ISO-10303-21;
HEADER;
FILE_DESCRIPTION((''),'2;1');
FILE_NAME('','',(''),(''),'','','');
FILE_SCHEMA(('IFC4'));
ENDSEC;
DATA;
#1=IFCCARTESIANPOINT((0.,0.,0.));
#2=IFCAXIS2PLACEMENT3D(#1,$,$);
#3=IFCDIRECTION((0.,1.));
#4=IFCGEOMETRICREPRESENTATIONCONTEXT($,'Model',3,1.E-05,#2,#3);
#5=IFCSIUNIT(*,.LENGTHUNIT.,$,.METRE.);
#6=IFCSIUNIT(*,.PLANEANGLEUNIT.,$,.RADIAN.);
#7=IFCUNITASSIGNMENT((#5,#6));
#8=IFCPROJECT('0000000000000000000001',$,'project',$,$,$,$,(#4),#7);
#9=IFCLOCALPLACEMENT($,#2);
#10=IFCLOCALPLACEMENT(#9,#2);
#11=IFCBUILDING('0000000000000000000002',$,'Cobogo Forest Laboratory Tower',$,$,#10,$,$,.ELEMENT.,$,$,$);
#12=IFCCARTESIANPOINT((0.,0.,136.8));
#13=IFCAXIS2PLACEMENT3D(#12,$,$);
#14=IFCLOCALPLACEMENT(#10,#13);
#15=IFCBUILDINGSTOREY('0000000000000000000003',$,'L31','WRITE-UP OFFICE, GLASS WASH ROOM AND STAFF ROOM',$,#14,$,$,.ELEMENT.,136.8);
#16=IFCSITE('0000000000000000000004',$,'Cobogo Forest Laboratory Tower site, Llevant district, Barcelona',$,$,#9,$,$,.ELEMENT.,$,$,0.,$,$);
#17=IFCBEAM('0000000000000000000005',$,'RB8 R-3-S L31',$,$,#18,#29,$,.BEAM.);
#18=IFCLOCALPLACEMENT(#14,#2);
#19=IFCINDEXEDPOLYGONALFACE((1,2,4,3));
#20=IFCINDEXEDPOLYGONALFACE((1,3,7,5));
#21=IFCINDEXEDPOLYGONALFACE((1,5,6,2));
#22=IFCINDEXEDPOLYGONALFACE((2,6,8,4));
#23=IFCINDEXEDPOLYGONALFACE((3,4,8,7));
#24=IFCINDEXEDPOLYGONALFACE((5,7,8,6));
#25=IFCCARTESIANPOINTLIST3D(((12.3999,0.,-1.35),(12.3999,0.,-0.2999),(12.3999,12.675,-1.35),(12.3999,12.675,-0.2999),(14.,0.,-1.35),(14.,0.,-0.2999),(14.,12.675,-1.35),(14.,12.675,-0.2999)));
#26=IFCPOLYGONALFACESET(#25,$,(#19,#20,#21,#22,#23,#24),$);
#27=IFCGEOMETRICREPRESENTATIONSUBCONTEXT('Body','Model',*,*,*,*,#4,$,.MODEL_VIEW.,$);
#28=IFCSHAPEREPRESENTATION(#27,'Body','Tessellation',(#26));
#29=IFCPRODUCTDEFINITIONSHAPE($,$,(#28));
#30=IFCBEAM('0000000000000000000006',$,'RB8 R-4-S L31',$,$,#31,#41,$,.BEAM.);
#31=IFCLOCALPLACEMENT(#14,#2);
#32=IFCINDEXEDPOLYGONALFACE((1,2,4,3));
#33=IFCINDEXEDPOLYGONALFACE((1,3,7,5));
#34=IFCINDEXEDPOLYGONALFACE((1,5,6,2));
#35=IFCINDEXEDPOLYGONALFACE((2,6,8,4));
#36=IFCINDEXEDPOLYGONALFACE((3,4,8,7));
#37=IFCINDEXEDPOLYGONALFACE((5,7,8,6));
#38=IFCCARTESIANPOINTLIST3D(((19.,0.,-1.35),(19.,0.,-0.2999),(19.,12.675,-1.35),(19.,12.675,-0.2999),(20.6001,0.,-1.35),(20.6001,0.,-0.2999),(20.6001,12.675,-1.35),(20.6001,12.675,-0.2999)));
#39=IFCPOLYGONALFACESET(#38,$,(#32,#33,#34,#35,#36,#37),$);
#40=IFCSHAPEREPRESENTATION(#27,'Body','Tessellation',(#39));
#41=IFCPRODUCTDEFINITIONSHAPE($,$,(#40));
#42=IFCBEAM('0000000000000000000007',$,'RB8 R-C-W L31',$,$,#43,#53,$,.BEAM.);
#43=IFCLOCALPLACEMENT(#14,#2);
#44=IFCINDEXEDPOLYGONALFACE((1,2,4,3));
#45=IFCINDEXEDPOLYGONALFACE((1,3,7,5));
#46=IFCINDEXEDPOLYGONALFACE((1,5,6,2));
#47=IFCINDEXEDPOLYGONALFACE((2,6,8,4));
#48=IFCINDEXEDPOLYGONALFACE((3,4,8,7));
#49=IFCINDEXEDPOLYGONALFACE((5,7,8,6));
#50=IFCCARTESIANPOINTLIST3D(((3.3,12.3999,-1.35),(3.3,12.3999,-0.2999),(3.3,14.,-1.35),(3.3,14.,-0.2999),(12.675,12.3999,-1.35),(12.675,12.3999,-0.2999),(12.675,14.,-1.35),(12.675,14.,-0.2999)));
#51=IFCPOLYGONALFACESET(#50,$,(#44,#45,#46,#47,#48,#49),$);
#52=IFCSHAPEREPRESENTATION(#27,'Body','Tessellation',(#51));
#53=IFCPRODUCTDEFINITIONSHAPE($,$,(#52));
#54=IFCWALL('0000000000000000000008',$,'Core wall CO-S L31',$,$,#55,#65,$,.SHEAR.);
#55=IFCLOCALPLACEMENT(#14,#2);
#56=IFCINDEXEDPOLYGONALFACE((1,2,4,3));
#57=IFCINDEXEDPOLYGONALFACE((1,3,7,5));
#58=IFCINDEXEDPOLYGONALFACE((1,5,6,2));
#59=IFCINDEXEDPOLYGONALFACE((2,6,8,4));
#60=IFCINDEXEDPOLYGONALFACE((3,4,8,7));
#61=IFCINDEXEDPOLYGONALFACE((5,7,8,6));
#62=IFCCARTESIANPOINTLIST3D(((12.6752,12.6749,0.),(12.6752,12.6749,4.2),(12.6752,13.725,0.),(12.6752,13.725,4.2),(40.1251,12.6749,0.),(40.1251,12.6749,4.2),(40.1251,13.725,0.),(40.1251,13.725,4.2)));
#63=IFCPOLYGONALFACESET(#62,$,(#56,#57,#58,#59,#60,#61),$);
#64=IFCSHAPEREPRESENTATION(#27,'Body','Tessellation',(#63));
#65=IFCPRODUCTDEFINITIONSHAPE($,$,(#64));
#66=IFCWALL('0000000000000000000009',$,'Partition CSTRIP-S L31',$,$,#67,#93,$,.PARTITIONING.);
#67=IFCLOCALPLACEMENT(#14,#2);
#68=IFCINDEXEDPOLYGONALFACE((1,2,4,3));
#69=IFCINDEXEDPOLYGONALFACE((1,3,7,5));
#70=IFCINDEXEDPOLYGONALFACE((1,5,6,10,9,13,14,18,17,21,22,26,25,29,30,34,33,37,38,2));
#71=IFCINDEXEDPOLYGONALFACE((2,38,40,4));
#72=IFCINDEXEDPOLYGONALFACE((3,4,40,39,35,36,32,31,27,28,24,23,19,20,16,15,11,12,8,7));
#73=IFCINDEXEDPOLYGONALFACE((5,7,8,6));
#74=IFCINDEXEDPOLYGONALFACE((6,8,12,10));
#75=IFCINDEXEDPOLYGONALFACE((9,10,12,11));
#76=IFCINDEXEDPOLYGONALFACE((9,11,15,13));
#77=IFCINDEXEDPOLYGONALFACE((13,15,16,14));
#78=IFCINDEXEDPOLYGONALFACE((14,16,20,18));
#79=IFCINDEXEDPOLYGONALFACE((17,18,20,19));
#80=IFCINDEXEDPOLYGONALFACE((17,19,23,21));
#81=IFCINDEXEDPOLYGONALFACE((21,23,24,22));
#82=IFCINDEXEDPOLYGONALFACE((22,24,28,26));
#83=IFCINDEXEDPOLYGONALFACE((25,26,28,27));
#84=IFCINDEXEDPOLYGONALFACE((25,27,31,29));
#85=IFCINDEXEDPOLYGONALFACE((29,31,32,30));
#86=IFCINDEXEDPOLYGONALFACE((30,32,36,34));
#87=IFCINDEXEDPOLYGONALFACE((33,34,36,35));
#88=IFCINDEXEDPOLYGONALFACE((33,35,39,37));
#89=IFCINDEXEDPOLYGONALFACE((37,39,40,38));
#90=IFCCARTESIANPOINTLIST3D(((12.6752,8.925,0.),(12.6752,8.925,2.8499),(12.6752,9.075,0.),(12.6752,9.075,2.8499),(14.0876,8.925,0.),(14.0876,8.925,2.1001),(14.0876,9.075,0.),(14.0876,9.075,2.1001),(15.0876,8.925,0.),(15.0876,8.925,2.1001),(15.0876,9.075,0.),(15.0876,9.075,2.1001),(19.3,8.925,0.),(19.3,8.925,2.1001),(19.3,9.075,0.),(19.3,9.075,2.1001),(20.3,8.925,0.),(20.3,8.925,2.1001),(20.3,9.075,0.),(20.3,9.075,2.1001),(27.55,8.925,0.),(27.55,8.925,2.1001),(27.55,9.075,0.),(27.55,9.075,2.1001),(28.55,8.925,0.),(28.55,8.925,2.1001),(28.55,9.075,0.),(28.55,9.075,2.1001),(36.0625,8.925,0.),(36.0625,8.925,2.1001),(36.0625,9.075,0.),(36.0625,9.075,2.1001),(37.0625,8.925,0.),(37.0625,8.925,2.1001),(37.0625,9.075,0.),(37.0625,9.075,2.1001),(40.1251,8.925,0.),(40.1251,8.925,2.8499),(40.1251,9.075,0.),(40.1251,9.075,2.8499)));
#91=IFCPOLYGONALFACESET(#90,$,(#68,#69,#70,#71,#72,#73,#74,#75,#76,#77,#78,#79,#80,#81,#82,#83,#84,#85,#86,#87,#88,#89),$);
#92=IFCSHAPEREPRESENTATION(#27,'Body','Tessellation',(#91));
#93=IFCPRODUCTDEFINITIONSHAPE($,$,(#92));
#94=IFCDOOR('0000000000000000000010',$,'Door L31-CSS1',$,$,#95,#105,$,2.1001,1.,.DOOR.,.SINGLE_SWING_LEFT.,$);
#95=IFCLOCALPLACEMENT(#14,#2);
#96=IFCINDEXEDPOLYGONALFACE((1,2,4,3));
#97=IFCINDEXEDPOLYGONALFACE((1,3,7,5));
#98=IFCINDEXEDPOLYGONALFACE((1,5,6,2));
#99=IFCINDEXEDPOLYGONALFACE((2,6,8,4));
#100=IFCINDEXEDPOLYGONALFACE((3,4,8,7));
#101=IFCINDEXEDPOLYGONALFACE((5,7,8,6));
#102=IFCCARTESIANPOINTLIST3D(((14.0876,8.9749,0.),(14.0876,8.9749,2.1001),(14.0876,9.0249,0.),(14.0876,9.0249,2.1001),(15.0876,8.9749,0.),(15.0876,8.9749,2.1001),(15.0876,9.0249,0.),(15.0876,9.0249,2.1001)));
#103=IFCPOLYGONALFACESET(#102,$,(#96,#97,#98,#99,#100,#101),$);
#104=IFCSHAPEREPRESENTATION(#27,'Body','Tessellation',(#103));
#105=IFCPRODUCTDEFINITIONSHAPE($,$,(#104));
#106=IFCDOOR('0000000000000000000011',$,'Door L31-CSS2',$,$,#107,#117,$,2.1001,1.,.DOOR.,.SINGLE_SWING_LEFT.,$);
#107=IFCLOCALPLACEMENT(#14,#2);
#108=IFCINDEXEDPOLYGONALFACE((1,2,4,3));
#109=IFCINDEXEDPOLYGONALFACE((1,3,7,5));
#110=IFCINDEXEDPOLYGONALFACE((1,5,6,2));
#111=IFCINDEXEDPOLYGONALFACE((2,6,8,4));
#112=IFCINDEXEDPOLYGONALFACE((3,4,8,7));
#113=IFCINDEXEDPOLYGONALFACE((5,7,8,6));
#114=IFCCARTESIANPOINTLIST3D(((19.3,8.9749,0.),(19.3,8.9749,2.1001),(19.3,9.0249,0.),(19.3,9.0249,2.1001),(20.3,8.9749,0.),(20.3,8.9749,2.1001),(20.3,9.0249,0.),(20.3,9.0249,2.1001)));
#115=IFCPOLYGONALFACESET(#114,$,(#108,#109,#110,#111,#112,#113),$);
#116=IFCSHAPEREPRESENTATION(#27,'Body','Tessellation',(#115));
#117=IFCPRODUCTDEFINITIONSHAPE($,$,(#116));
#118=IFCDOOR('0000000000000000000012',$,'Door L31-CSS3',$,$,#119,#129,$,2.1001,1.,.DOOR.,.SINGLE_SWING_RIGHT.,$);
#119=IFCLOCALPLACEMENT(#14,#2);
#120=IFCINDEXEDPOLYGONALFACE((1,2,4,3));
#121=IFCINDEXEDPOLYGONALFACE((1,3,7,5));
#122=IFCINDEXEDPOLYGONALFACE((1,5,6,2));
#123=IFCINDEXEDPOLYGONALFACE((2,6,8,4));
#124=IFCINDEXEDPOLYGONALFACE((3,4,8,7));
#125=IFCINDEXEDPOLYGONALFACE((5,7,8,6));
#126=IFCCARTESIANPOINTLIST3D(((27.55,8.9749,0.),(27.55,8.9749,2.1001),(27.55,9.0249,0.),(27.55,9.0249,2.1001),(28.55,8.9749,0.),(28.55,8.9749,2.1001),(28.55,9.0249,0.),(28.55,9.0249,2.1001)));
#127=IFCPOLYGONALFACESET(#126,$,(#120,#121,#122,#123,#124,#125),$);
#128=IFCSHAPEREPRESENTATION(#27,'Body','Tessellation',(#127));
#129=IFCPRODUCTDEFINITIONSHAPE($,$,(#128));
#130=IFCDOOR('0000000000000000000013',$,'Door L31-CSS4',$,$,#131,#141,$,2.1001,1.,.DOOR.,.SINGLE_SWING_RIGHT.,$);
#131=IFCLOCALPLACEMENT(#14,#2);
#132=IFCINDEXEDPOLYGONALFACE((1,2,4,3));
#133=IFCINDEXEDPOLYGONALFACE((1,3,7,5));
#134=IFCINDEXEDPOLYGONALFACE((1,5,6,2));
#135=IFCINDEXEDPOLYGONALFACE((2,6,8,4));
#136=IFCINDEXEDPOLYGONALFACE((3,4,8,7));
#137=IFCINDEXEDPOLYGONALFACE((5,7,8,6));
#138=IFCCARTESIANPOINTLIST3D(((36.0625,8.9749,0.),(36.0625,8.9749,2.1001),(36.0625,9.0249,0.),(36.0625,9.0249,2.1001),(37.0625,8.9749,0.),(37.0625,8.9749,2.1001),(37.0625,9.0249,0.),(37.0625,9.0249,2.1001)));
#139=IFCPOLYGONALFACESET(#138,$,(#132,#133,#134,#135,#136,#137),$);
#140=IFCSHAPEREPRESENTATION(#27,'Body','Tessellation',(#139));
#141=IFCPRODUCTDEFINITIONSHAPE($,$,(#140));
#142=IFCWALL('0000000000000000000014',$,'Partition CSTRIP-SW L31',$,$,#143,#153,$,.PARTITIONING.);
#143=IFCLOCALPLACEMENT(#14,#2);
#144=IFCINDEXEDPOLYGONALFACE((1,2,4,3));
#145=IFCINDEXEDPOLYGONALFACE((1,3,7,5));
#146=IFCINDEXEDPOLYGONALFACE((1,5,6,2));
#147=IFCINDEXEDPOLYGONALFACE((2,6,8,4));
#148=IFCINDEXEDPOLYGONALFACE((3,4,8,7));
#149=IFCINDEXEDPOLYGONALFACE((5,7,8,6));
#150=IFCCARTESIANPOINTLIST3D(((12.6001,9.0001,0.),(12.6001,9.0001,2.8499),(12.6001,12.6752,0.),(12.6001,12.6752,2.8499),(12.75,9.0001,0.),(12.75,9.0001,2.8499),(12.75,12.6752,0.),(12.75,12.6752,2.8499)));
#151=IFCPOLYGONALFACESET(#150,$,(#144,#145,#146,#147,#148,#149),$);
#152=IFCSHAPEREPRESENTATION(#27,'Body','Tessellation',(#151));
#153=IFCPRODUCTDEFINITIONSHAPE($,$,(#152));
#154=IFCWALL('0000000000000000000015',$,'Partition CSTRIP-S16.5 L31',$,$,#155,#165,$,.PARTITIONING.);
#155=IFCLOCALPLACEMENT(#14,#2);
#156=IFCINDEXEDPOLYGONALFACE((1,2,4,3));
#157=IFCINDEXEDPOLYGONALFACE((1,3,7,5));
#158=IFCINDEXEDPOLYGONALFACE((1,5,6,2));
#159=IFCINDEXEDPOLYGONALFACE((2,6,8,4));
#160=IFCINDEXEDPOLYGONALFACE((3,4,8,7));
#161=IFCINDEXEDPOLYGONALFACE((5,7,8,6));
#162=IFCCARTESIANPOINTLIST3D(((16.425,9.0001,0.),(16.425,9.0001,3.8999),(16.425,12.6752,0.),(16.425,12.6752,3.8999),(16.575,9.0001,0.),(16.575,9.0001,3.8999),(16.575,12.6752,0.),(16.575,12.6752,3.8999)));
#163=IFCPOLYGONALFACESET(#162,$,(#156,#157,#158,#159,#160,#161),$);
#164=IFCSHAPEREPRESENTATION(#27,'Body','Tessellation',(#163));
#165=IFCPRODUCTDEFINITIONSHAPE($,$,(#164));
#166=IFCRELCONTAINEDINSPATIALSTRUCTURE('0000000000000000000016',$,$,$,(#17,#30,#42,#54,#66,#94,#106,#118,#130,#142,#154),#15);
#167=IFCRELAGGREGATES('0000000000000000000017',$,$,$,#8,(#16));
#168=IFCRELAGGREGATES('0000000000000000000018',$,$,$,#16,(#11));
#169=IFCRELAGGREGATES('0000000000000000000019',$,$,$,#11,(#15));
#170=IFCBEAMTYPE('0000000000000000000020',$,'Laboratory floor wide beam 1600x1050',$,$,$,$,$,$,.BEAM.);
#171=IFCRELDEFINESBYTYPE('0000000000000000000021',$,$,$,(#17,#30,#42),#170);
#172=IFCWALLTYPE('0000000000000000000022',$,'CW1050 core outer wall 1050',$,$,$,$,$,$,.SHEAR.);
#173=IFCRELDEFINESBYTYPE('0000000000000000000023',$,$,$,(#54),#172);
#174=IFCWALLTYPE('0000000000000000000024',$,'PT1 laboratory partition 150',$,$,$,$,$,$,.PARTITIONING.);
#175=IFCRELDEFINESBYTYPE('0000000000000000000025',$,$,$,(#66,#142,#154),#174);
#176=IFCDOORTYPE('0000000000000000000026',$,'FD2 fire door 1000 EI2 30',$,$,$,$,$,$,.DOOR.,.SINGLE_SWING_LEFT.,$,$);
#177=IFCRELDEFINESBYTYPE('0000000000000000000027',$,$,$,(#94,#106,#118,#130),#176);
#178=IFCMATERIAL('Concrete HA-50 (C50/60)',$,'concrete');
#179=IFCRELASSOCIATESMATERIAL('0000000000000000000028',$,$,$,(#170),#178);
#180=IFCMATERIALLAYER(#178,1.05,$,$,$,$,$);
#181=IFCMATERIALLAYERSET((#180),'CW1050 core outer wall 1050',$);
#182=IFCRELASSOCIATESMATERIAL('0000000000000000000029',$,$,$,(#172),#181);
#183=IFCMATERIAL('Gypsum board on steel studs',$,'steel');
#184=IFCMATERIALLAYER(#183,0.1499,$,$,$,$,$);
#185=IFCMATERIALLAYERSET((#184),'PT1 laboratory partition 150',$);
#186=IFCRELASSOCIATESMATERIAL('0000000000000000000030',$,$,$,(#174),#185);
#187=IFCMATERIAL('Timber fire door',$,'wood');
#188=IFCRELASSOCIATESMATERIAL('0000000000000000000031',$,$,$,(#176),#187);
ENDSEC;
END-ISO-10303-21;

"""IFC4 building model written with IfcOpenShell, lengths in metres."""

from ifc_helpers import new_model, si_unit, direction, frame, frame_2d, origin, origin_2d, place, context, subcontext, project, spatial, rectangle, extrude, material, layer, layer_set, material_profile, profile_set, type_object, element, fill, save


model = new_model("IFC4")

# Units and contexts
model_context = context("Model", 3, precision=1e-05, world=origin(), true_north=direction((0.0, 1.0)))
body_context = subcontext(model_context, "Body", "Model", "MODEL_VIEW")
ifc_project = project(units=[si_unit("LENGTHUNIT", "METRE"), si_unit("PLANEANGLEUNIT", "RADIAN")], contexts=[model_context])

# Site, building, storey
site_placement = place(None, origin())
site = spatial("IfcSite", under=ifc_project, at=site_placement, Name="Cobogo Forest Laboratory Tower site, Llevant district, Barcelona", CompositionType="ELEMENT", RefElevation=0.0)
building_placement = place(site_placement, origin())
building = spatial("IfcBuilding", under=site, at=building_placement, Name="Cobogo Forest Laboratory Tower", CompositionType="ELEMENT")
storey_placement = place(building_placement, frame((0.0, 0.0, 136.8)))
storey = spatial("IfcBuildingStorey", under=building, at=storey_placement, Name="L31", Description="WRITE-UP OFFICE, GLASS WASH ROOM AND STAFF ROOM", CompositionType="ELEMENT", Elevation=136.8)

# Beams
ifc_material_1 = material(Name="Concrete HA-50 (C50/60)", Category="concrete")
ifc_material_profile = material_profile(ifc_material_1, rectangle(XDim=1.6001, YDim=1.05, at=origin_2d()), Name="RC 1600x1050")
ifc_profile_set = profile_set([ifc_material_profile], Name="Concrete HA-50 (C50/60)")
beam_type = type_object("IfcBeamType", Name="Laboratory floor wide beam 1600x1050", PredefinedType="BEAM", material=ifc_profile_set)
for number, where, z_axis, x_axis, name in (
    (1, (13.2, 12.675, -0.825), (0.0, -1.0, 0.0), (1.0, 0.0, 0.0), "RB8 R-3-S L31"),
    (2, (19.8, 12.675, -0.825), (0.0, -1.0, 0.0), (1.0, 0.0, 0.0), "RB8 R-4-S L31"),
):
    element("IfcBeam", number, at=place(storey_placement, frame(where, z_axis=z_axis, x_axis=x_axis)), inside=storey, type_object=beam_type, Name=name, PredefinedType="BEAM", context=body_context, shape_type="SweptSolid", body=[
        extrude(rectangle(XDim=1.6001, YDim=1.05, at=origin_2d()), origin(), (0.0, 0.0, 1.0), 12.675),
    ])
beam_placement = place(storey_placement, frame((12.675, 13.2, -0.825), z_axis=(-1.0, 0.0, 0.0), x_axis=(0.0, -1.0, 0.0)))
element("IfcBeam", 3, at=beam_placement, inside=storey, type_object=beam_type, Name="RB8 R-C-W L31", PredefinedType="BEAM", context=body_context, shape_type="SweptSolid", body=[
    extrude(rectangle(XDim=1.6001, YDim=1.05, at=origin_2d()), origin(), (0.0, 0.0, 1.0), 9.375),
])

# Wall
ifc_layer_1 = layer(ifc_material_1, 1.05)
ifc_layer_set_1 = layer_set([ifc_layer_1], Name="CW1050 core outer wall 1050")
wall_type_1 = type_object("IfcWallType", Name="CW1050 core outer wall 1050", PredefinedType="SHEAR", material=ifc_layer_set_1)
wall_1_placement = place(storey_placement, frame((12.675, 13.2, 0.0), z_axis=(0.0, 0.0, 1.0), x_axis=(1.0, 0.0, 0.0)))
element("IfcWall", 4, at=wall_1_placement, inside=storey, type_object=wall_type_1, Name="Core wall CO-S L31", PredefinedType="SHEAR", context=body_context, shape_type="SweptSolid", body=[
    extrude(rectangle(XDim=27.45, YDim=1.05, at=frame_2d((13.7251, 0.0))), origin(), (0.0, 0.0, 1.0), 4.2),
])

# Wall, openings, doors
ifc_material_2 = material(Name="Gypsum board on steel studs", Category="steel")
ifc_layer_2 = layer(ifc_material_2, 0.1499)
ifc_layer_set_2 = layer_set([ifc_layer_2], Name="PT1 laboratory partition 150")
wall_type_2 = type_object("IfcWallType", Name="PT1 laboratory partition 150", PredefinedType="PARTITIONING", material=ifc_layer_set_2)
wall_2_placement = place(storey_placement, frame((12.675, 9.0, 0.0), z_axis=(0.0, 0.0, 1.0), x_axis=(1.0, 0.0, 0.0)))
wall_2 = element("IfcWall", 5, at=wall_2_placement, inside=storey, type_object=wall_type_2, Name="Partition CSTRIP-S L31", PredefinedType="PARTITIONING", context=body_context, shape_type="SweptSolid", body=[
    extrude(rectangle(XDim=27.45, YDim=0.1499, at=frame_2d((13.7251, 0.0))), origin(), (0.0, 0.0, 1.0), 2.8499),
])
opening_1_placement = place(wall_2_placement, frame((1.4126, 0.0, 0.0)))
opening_1 = element("IfcOpeningElement", 6, at=opening_1_placement, cuts=wall_2, PredefinedType="OPENING", context=body_context, shape_type="SweptSolid", body=[
    extrude(rectangle(XDim=1.0, YDim=2.1001, at=frame_2d((0.5, 1.05))), frame((0.0, 0.085, 0.0), z_axis=(0.0, -1.0, 0.0), x_axis=(1.0, 0.0, 0.0)), (0.0, 0.0, 1.0), 0.1699),
])
opening_2_placement = place(wall_2_placement, frame((6.625, 0.0, 0.0)))
opening_2 = element("IfcOpeningElement", 7, at=opening_2_placement, cuts=wall_2, PredefinedType="OPENING", context=body_context, shape_type="SweptSolid", body=[
    extrude(rectangle(XDim=1.0, YDim=2.1001, at=frame_2d((0.5, 1.05))), frame((0.0, 0.085, 0.0), z_axis=(0.0, -1.0, 0.0), x_axis=(1.0, 0.0, 0.0)), (0.0, 0.0, 1.0), 0.1699),
])
opening_3_placement = place(wall_2_placement, frame((14.875, 0.0, 0.0)))
opening_3 = element("IfcOpeningElement", 8, at=opening_3_placement, cuts=wall_2, PredefinedType="OPENING", context=body_context, shape_type="SweptSolid", body=[
    extrude(rectangle(XDim=1.0, YDim=2.1001, at=frame_2d((0.5, 1.05))), frame((0.0, 0.085, 0.0), z_axis=(0.0, -1.0, 0.0), x_axis=(1.0, 0.0, 0.0)), (0.0, 0.0, 1.0), 0.1699),
])
opening_4_placement = place(wall_2_placement, frame((23.3875, 0.0, 0.0)))
opening_4 = element("IfcOpeningElement", 9, at=opening_4_placement, cuts=wall_2, PredefinedType="OPENING", context=body_context, shape_type="SweptSolid", body=[
    extrude(rectangle(XDim=1.0, YDim=2.1001, at=frame_2d((0.5, 1.05))), frame((0.0, 0.085, 0.0), z_axis=(0.0, -1.0, 0.0), x_axis=(1.0, 0.0, 0.0)), (0.0, 0.0, 1.0), 0.1699),
])
ifc_material_3 = material(Name="Timber fire door", Category="wood")
door_type_1 = type_object("IfcDoorType", Name="FD2 fire door 1000 EI2 30", OperationType="SINGLE_SWING_LEFT", PredefinedType="DOOR", material=ifc_material_3)
door_1_placement = place(opening_1_placement, origin())
door_1 = element("IfcDoor", 10, at=door_1_placement, inside=storey, type_object=door_type_1, Name="Door L31-CSS1", OperationType="SINGLE_SWING_LEFT", OverallHeight=2.1001, OverallWidth=1.0, PredefinedType="DOOR", context=body_context, shape_type="SweptSolid", body=[
    extrude(rectangle(XDim=1.0, YDim=2.1001, at=frame_2d((0.5, 1.05))), frame((0.0, 0.0249, 0.0), z_axis=(0.0, -1.0, 0.0), x_axis=(1.0, 0.0, 0.0)), (0.0, 0.0, 1.0), 0.05),
])
fill(opening_1, door_1)
door_2_placement = place(opening_2_placement, origin())
door_2 = element("IfcDoor", 11, at=door_2_placement, inside=storey, type_object=door_type_1, Name="Door L31-CSS2", OperationType="SINGLE_SWING_LEFT", OverallHeight=2.1001, OverallWidth=1.0, PredefinedType="DOOR", context=body_context, shape_type="SweptSolid", body=[
    extrude(rectangle(XDim=1.0, YDim=2.1001, at=frame_2d((0.5, 1.05))), frame((0.0, 0.0249, 0.0), z_axis=(0.0, -1.0, 0.0), x_axis=(1.0, 0.0, 0.0)), (0.0, 0.0, 1.0), 0.05),
])
fill(opening_2, door_2)
door_3_placement = place(opening_3_placement, origin())
door_3 = element("IfcDoor", 12, at=door_3_placement, inside=storey, type_object=door_type_1, Name="Door L31-CSS3", OperationType="SINGLE_SWING_RIGHT", OverallHeight=2.1001, OverallWidth=1.0, PredefinedType="DOOR", context=body_context, shape_type="SweptSolid", body=[
    extrude(rectangle(XDim=1.0, YDim=2.1001, at=frame_2d((0.5, 1.05))), frame((0.0, 0.0249, 0.0), z_axis=(0.0, -1.0, 0.0), x_axis=(1.0, 0.0, 0.0)), (0.0, 0.0, 1.0), 0.05),
])
fill(opening_3, door_3)
door_4_placement = place(opening_4_placement, origin())
door_4 = element("IfcDoor", 13, at=door_4_placement, inside=storey, type_object=door_type_1, Name="Door L31-CSS4", OperationType="SINGLE_SWING_RIGHT", OverallHeight=2.1001, OverallWidth=1.0, PredefinedType="DOOR", context=body_context, shape_type="SweptSolid", body=[
    extrude(rectangle(XDim=1.0, YDim=2.1001, at=frame_2d((0.5, 1.05))), frame((0.0, 0.0249, 0.0), z_axis=(0.0, -1.0, 0.0), x_axis=(1.0, 0.0, 0.0)), (0.0, 0.0, 1.0), 0.05),
])
fill(opening_4, door_4)

# Walls
wall_3_placement = place(storey_placement, frame((12.675, 12.675, 0.0), z_axis=(0.0, 0.0, 1.0), x_axis=(0.0, -1.0, 0.0)))
element("IfcWall", 14, at=wall_3_placement, inside=storey, type_object=wall_type_2, Name="Partition CSTRIP-SW L31", PredefinedType="PARTITIONING", context=body_context, shape_type="SweptSolid", body=[
    extrude(rectangle(XDim=3.675, YDim=0.1499, at=frame_2d((1.8374, 0.0))), origin(), (0.0, 0.0, 1.0), 2.8499),
])
wall_4_placement = place(storey_placement, frame((16.5, 12.675, 0.0), z_axis=(0.0, 0.0, 1.0), x_axis=(0.0, -1.0, 0.0)))
element("IfcWall", 15, at=wall_4_placement, inside=storey, type_object=wall_type_2, Name="Partition CSTRIP-S16.5 L31", PredefinedType="PARTITIONING", context=body_context, shape_type="SweptSolid", body=[
    extrude(rectangle(XDim=3.675, YDim=0.1499, at=frame_2d((1.8374, 0.0))), origin(), (0.0, 0.0, 1.0), 3.8999),
])

save(model, "model.ifc")
